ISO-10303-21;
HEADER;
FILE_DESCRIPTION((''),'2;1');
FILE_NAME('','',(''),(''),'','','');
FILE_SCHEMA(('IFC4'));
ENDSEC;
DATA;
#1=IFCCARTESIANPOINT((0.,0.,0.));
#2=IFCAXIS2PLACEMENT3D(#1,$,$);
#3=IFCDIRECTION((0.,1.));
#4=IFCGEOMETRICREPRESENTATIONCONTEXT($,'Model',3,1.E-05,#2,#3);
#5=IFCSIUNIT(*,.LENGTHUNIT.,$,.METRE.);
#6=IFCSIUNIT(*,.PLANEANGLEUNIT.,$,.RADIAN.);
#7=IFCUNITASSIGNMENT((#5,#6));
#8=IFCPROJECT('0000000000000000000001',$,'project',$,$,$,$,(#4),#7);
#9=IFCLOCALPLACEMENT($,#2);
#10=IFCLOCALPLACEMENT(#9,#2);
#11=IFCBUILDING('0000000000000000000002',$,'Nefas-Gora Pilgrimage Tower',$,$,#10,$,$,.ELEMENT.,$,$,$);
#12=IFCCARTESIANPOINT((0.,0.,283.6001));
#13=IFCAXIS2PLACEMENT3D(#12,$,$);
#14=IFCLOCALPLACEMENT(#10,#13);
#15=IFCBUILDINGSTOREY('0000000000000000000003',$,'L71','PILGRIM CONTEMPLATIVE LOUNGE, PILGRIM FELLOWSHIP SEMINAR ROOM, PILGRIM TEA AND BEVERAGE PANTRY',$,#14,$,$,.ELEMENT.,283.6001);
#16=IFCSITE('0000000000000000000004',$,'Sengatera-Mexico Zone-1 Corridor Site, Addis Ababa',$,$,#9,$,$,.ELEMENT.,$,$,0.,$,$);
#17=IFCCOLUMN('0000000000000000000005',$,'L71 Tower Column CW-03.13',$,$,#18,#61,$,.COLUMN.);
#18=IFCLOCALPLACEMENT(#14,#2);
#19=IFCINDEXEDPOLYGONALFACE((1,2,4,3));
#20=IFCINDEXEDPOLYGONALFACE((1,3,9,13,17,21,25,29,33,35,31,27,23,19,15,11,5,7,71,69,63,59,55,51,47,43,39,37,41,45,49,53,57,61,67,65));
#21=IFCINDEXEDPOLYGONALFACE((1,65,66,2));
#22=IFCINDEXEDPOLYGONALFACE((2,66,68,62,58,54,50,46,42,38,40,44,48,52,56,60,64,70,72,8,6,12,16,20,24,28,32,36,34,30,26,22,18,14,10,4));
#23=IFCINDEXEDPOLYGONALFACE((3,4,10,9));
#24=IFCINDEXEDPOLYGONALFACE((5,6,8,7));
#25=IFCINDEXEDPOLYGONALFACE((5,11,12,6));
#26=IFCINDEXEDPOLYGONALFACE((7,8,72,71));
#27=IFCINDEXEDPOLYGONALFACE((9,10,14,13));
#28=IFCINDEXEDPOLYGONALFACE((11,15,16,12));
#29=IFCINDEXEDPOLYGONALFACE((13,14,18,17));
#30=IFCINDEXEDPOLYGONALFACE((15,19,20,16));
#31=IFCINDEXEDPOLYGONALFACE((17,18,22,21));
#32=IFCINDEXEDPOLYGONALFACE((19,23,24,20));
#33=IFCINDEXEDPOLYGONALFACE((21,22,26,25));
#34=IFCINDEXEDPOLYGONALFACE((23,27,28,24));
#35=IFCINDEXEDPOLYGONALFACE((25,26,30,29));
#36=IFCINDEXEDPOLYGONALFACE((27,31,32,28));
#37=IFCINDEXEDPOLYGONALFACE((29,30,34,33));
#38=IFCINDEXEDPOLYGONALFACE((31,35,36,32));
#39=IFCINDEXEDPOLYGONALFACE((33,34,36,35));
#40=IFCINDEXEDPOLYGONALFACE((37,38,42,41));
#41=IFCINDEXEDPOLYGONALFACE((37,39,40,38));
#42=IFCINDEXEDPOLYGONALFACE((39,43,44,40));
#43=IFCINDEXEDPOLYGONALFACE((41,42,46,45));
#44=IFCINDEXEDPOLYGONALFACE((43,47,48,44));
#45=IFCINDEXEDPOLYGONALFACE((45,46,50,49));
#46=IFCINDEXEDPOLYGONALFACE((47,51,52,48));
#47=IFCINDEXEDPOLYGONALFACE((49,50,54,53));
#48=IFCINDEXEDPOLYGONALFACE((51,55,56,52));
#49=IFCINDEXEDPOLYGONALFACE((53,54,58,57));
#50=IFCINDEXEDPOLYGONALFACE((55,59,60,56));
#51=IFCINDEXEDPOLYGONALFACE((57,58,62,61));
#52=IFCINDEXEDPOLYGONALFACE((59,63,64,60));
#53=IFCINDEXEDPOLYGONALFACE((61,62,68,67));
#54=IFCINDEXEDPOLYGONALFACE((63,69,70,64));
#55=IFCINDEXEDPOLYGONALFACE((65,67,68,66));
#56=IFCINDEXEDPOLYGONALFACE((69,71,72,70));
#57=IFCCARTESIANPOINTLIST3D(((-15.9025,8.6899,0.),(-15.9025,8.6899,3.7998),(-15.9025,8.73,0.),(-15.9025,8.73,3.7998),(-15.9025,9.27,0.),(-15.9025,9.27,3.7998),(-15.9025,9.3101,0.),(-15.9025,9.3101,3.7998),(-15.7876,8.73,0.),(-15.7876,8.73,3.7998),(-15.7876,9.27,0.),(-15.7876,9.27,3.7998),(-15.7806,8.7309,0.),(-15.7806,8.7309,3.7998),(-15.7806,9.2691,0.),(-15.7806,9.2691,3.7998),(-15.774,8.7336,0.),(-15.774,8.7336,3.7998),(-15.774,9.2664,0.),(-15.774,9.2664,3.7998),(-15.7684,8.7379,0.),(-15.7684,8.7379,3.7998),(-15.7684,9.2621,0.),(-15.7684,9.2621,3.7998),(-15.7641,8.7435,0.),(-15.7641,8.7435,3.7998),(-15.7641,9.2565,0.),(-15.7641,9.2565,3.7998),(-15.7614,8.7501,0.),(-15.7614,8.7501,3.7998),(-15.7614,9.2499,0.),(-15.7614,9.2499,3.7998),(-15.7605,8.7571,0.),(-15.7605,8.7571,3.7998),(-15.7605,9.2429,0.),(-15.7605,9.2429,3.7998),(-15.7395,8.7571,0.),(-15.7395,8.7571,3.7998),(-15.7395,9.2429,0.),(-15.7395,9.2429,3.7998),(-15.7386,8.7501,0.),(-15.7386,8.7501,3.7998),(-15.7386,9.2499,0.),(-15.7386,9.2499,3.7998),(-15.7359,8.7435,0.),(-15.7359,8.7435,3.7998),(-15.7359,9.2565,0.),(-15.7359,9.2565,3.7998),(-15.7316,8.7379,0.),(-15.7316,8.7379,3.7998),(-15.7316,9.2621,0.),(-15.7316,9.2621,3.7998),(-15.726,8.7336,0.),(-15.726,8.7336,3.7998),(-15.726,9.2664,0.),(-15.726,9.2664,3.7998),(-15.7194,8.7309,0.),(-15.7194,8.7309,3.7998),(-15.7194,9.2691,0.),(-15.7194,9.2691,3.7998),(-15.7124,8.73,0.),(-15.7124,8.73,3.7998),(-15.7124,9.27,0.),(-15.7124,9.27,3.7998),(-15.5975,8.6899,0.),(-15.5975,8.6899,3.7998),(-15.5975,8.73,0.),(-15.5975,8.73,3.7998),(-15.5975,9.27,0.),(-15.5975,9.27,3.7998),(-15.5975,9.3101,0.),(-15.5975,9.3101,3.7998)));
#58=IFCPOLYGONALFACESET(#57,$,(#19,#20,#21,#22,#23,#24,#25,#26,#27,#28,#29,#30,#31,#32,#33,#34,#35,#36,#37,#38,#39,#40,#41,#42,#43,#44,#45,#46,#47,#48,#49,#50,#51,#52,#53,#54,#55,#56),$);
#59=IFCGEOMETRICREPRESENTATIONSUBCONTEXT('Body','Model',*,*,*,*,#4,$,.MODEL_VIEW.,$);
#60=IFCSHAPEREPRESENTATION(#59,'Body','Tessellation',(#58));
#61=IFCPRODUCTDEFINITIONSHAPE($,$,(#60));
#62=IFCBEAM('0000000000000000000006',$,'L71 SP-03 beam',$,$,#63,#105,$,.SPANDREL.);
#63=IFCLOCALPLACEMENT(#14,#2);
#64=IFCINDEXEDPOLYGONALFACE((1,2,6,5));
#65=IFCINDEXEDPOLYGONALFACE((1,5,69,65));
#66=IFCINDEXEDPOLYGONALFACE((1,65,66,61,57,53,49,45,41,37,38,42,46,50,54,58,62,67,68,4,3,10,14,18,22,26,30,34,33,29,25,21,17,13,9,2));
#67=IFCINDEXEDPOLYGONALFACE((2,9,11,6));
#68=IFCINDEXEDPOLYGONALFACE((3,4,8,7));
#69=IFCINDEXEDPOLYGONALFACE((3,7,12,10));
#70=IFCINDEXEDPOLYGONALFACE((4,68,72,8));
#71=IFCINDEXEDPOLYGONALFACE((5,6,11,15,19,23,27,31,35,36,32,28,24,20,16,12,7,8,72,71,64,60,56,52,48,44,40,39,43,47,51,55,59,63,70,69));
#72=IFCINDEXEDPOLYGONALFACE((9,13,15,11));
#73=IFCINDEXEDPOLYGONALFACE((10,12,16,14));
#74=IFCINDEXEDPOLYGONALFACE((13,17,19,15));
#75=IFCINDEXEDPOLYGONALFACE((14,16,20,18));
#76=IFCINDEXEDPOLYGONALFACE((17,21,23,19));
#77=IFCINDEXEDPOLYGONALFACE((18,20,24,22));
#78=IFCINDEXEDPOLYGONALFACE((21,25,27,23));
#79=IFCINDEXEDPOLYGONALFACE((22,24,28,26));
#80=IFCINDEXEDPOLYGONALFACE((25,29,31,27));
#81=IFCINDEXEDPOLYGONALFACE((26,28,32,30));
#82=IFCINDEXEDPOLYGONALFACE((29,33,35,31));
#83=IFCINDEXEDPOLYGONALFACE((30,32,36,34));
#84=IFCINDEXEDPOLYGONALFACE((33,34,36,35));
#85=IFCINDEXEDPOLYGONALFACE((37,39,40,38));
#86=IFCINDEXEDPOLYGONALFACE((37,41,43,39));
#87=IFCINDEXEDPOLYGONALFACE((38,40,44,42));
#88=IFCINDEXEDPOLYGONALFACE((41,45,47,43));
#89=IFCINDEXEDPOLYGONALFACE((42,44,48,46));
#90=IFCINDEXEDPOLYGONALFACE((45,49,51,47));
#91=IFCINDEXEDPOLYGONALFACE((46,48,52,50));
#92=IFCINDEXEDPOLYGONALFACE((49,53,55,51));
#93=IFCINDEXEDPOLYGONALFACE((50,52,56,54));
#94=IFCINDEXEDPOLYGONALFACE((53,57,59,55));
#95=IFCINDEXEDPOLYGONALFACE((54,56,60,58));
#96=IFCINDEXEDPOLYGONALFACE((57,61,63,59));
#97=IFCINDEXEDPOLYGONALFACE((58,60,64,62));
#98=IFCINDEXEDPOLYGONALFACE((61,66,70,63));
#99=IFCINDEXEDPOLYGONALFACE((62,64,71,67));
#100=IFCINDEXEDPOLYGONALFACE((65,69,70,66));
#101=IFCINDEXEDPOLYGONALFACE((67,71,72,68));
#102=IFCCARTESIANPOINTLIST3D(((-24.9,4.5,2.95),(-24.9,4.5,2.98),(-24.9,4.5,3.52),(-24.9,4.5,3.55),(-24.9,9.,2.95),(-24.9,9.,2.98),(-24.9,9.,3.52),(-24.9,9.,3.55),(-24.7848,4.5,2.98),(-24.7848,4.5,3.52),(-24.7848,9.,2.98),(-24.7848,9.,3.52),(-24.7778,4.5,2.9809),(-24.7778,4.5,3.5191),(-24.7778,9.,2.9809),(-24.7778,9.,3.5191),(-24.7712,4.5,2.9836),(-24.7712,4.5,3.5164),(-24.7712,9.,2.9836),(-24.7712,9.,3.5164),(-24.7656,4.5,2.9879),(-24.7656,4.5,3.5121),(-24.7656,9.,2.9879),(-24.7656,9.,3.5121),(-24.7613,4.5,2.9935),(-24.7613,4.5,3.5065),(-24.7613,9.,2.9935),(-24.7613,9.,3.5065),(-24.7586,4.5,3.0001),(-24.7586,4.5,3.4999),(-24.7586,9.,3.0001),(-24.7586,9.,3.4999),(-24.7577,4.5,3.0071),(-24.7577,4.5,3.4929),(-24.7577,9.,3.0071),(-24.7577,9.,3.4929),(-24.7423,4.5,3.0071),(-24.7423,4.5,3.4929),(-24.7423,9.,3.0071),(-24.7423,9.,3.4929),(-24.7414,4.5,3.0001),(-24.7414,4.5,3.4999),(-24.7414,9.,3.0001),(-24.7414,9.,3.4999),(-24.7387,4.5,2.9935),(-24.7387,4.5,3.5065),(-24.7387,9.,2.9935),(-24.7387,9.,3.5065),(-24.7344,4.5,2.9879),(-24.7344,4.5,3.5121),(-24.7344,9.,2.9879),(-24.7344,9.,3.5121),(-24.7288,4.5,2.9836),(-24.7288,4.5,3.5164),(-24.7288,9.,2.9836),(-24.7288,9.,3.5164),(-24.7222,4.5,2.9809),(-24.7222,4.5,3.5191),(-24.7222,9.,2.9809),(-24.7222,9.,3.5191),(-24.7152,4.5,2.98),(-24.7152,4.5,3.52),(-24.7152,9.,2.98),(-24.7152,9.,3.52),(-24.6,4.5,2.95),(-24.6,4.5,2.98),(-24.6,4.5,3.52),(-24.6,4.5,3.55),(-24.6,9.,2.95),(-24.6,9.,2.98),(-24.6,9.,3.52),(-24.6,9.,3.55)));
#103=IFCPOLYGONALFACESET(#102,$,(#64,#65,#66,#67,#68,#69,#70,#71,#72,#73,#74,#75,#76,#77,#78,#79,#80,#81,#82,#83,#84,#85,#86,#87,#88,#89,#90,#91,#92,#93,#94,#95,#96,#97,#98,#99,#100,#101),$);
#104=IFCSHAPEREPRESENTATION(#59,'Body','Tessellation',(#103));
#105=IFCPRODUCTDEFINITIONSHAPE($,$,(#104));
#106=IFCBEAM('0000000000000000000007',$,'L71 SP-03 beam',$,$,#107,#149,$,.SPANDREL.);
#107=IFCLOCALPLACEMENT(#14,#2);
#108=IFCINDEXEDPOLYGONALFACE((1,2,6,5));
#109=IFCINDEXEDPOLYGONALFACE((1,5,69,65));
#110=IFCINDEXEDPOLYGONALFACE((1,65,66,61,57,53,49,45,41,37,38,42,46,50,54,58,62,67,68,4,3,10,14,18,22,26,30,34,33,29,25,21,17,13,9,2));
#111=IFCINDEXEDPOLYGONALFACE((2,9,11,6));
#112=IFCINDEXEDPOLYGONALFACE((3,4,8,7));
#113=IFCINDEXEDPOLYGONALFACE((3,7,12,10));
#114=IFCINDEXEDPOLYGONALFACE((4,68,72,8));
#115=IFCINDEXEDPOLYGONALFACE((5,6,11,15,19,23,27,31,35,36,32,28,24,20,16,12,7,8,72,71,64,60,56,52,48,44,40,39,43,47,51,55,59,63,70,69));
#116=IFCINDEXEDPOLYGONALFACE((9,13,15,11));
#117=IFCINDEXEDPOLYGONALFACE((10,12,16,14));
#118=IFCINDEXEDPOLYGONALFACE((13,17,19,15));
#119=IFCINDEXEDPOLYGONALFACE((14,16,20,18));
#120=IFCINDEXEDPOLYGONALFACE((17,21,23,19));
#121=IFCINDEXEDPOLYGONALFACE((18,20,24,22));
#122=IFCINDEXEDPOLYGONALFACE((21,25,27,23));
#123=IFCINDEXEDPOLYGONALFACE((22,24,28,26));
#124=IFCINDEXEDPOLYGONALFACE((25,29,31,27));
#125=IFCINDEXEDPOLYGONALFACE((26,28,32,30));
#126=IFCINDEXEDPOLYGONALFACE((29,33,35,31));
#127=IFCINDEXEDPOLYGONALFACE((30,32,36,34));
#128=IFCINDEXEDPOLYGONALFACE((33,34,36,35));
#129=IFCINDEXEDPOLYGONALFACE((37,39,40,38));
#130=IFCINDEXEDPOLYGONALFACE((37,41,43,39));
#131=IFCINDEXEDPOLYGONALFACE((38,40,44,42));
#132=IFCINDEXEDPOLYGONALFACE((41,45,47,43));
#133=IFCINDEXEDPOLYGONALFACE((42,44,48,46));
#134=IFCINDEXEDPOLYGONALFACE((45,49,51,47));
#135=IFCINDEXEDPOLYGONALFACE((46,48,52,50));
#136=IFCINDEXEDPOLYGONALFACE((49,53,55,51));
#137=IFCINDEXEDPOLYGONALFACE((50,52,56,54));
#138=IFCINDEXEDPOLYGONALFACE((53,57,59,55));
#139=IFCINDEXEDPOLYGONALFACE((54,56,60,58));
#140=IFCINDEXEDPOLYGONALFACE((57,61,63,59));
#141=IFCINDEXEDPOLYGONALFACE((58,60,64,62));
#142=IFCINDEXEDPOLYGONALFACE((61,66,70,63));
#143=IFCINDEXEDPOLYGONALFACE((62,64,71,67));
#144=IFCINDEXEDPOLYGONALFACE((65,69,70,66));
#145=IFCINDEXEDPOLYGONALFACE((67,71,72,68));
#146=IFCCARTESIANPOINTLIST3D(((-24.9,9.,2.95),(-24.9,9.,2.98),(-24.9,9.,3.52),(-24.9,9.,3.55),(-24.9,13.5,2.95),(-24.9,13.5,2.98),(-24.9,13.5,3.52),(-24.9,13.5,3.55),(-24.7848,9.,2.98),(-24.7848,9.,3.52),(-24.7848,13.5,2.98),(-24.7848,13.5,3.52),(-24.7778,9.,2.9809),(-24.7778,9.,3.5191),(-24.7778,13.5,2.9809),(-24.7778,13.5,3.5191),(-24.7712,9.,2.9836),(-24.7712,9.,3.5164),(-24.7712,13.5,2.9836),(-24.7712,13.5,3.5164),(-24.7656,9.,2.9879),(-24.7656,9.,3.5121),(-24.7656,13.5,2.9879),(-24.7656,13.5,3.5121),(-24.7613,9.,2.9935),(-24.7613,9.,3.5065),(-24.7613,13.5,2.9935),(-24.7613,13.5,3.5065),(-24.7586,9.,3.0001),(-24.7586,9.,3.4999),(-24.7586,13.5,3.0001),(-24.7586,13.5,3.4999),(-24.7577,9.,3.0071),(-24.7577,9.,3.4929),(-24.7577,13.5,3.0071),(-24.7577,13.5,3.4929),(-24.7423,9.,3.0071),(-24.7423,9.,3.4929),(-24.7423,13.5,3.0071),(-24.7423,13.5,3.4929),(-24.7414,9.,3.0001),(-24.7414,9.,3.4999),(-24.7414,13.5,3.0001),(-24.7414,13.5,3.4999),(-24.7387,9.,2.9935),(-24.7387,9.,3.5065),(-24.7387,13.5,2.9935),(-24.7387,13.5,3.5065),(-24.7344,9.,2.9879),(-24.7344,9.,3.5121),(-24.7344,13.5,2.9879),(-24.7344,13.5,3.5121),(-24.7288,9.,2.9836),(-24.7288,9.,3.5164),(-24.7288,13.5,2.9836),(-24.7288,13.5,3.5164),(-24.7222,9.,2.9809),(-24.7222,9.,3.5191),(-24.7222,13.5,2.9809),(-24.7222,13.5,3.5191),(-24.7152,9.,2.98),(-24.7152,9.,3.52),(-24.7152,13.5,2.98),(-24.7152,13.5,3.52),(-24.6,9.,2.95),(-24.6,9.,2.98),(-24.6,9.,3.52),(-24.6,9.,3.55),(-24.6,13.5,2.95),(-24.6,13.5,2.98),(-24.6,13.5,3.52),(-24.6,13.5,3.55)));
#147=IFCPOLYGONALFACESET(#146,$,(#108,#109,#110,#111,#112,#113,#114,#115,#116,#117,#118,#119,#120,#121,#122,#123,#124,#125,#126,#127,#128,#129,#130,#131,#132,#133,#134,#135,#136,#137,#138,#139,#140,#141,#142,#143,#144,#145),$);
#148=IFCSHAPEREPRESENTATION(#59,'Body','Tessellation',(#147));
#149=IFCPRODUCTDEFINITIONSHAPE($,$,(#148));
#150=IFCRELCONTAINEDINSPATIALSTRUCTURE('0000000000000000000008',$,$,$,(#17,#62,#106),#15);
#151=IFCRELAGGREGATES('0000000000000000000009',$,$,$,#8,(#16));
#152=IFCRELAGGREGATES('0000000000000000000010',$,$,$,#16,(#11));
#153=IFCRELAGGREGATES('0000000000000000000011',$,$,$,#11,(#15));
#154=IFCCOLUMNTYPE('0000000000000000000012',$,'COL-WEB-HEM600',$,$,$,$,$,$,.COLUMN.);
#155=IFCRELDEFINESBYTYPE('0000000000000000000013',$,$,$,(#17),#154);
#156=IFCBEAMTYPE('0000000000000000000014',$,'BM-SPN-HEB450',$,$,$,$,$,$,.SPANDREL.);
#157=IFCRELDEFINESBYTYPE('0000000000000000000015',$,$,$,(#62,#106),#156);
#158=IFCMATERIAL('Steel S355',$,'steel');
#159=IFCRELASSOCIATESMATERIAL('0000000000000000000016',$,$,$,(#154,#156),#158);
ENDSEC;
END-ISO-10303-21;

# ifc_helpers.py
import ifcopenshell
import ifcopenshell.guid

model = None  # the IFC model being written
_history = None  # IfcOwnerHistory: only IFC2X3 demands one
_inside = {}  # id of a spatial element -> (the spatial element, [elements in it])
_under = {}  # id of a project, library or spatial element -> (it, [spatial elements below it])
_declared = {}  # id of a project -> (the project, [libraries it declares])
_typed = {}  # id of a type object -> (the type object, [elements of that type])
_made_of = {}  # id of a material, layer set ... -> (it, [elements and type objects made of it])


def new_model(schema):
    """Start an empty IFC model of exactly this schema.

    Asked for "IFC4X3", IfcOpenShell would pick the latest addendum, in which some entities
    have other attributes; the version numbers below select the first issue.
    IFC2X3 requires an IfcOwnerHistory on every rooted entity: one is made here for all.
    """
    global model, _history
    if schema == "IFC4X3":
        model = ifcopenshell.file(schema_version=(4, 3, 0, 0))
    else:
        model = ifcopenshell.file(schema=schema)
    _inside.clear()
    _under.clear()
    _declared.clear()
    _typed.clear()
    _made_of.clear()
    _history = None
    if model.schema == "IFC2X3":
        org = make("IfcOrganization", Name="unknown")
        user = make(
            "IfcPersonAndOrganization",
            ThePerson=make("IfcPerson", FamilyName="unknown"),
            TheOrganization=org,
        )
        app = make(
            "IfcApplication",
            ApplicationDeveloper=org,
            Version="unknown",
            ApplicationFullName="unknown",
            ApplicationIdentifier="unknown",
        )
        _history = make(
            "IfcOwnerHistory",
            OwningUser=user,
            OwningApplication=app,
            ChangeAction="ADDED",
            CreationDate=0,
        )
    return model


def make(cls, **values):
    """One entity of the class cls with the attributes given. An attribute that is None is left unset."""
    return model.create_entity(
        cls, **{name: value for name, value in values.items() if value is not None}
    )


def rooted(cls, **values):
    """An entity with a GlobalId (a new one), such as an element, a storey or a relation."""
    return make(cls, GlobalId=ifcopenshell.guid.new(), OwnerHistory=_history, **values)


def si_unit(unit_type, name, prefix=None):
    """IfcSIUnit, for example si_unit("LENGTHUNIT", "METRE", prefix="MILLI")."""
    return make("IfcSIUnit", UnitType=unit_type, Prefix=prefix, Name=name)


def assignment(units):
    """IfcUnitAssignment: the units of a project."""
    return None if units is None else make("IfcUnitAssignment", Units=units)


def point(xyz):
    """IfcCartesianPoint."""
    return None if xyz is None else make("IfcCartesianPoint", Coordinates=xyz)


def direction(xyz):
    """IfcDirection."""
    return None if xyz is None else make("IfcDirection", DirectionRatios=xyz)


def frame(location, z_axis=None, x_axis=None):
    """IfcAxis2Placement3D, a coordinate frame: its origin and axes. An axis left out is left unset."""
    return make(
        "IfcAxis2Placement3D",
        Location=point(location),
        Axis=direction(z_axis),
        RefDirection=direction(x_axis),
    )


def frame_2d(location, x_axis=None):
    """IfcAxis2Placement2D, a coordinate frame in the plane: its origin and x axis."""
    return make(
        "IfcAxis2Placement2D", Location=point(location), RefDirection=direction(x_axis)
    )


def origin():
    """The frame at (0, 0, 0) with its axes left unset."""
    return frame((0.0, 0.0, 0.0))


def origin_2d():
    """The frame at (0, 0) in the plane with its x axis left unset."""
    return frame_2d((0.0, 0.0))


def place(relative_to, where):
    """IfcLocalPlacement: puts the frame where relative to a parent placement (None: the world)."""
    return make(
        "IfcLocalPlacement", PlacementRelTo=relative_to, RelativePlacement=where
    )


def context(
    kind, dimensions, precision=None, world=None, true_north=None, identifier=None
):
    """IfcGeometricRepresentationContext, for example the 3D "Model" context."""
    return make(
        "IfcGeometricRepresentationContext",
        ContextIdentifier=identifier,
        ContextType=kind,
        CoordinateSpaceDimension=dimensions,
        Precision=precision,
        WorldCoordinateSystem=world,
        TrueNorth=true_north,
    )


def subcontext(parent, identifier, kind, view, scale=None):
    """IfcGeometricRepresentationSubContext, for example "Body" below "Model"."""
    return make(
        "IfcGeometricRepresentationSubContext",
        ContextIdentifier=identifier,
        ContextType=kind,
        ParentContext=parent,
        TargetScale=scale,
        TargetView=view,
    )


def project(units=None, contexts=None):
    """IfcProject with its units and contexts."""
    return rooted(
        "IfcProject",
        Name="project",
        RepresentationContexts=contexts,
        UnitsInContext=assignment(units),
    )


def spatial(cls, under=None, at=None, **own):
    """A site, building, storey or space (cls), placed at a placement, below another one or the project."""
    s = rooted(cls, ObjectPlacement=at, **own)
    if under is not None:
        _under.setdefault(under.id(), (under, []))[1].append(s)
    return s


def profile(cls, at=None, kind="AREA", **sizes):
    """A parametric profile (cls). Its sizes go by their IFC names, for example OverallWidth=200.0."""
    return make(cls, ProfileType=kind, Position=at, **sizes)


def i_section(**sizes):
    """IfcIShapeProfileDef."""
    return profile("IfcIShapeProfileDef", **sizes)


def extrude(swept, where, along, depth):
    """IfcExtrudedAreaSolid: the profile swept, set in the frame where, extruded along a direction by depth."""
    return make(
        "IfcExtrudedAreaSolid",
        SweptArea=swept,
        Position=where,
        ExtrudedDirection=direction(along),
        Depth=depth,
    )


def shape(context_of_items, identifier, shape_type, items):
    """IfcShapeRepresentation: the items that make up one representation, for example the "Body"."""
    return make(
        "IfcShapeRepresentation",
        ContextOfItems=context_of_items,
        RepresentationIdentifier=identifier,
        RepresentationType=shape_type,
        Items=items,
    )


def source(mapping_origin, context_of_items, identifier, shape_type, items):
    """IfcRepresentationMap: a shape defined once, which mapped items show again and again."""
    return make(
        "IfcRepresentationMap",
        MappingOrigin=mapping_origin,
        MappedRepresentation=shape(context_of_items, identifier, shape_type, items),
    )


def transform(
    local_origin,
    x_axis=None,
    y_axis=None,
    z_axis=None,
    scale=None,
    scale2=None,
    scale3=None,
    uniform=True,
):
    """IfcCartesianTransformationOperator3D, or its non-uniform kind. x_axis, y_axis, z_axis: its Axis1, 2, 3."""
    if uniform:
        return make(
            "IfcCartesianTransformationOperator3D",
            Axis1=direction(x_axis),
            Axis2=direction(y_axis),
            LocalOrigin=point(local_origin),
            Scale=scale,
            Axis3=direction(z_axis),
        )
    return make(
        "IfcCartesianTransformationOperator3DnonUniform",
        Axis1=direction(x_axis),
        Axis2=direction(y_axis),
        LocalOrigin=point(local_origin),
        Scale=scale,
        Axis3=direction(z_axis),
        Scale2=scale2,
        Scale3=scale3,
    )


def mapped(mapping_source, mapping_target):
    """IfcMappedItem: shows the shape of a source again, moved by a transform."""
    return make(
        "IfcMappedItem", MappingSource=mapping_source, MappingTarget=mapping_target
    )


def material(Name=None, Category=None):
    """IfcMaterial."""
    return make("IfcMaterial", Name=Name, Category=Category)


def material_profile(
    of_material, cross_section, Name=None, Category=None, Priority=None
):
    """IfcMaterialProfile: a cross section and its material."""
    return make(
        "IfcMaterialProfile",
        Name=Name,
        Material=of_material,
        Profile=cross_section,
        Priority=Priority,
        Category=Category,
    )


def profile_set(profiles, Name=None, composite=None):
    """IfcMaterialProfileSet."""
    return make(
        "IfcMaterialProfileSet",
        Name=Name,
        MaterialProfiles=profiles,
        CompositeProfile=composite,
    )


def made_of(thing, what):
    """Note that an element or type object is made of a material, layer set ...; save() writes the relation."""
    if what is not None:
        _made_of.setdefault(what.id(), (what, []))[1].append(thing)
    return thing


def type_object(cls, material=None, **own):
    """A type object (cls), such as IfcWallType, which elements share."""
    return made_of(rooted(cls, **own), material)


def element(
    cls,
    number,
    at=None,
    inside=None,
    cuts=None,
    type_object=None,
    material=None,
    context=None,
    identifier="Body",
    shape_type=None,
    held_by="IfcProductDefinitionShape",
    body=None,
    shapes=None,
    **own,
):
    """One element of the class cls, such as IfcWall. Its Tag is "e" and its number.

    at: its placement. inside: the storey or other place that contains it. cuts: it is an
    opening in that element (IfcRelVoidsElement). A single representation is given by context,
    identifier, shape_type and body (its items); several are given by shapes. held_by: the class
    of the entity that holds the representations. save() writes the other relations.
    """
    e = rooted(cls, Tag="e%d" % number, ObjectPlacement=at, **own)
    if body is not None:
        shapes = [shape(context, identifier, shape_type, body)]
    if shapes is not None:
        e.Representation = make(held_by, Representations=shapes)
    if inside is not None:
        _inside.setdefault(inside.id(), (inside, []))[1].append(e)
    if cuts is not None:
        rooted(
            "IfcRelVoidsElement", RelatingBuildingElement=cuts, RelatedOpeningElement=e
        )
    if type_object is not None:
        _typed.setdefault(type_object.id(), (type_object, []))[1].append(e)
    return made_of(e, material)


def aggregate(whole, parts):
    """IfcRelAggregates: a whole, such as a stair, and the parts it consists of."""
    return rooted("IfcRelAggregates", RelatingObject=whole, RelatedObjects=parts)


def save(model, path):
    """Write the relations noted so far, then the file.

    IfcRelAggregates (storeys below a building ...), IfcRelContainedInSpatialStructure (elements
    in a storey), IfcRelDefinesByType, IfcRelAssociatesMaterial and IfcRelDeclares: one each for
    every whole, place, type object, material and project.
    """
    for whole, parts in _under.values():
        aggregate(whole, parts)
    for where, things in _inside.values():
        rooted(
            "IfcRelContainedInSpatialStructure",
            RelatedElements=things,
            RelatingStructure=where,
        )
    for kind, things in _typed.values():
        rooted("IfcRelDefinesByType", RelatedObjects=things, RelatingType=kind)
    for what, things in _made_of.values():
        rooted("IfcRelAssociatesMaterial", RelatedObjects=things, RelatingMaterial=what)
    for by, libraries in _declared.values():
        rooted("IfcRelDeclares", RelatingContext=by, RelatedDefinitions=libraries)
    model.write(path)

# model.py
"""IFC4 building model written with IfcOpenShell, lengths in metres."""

from ifc_helpers import new_model, si_unit, direction, frame, origin, origin_2d, place, context, subcontext, project, spatial, i_section, extrude, source, transform, mapped, material, material_profile, profile_set, type_object, element, save


model = new_model("IFC4")

# Units and contexts
model_context = context("Model", 3, precision=1e-05, world=origin(), true_north=direction((0.0, 1.0)))
body_context = subcontext(model_context, "Body", "Model", "MODEL_VIEW")
ifc_project = project(units=[si_unit("LENGTHUNIT", "METRE"), si_unit("PLANEANGLEUNIT", "RADIAN")], contexts=[model_context])

# Site, building, storey
site_placement = place(None, origin())
site = spatial("IfcSite", under=ifc_project, at=site_placement, Name="Sengatera-Mexico Zone-1 Corridor Site, Addis Ababa", CompositionType="ELEMENT", RefElevation=0.0)
building_placement = place(site_placement, origin())
building = spatial("IfcBuilding", under=site, at=building_placement, Name="Nefas-Gora Pilgrimage Tower", CompositionType="ELEMENT")
storey_placement = place(building_placement, frame((0.0, 0.0, 283.6001)))
storey = spatial("IfcBuildingStorey", under=building, at=storey_placement, Name="L71", Description="PILGRIM CONTEMPLATIVE LOUNGE, PILGRIM FELLOWSHIP SEMINAR ROOM, PILGRIM TEA AND BEVERAGE PANTRY", CompositionType="ELEMENT", Elevation=283.6001)

# Column
ifc_material_1 = material(Name="Steel S355", Category="steel")
ifc_material_profile_1 = material_profile(ifc_material_1, i_section(OverallWidth=0.3049, OverallDepth=0.6201, WebThickness=0.021, FlangeThickness=0.04, FilletRadius=0.0271, at=origin_2d()), Name="HEM 600")
ifc_profile_set_1 = profile_set([ifc_material_profile_1], Name="Steel S355")
column_type_1 = type_object("IfcColumnType", Name="COL-WEB-HEM600", PredefinedType="COLUMN", material=ifc_profile_set_1)
shared_shape_1 = source(origin(), body_context, "Body", "SweptSolid", [
    extrude(i_section(OverallWidth=0.3049, OverallDepth=0.6201, WebThickness=0.021, FlangeThickness=0.04, FilletRadius=0.0271, at=origin_2d()), origin(), (0.0, 0.0, 1.0), 3.7998),
])
for number, where, z_axis, x_axis, name in (
    (1, (-15.75, 9.0, 0.0), (0.0, 0.0, 1.0), (1.0, 0.0, 0.0), "L71 Tower Column CW-03.13"),
):
    element("IfcColumn", number, at=place(storey_placement, frame(where, z_axis=z_axis, x_axis=x_axis)), inside=storey, type_object=column_type_1, Name=name, PredefinedType="COLUMN", context=body_context, shape_type="MappedRepresentation", body=[
        mapped(shared_shape_1, transform((0.0, 0.0, 0.0), x_axis=(1.0, 0.0, 0.0), y_axis=(0.0, 1.0, 0.0), z_axis=(0.0, 0.0, 1.0), scale=1.0)),
    ])

# Beams
ifc_material_profile_2 = material_profile(ifc_material_1, i_section(OverallWidth=0.3, OverallDepth=0.6001, WebThickness=0.0154, FlangeThickness=0.03, FilletRadius=0.0271, at=origin_2d()), Name="HEB 600")
ifc_profile_set_2 = profile_set([ifc_material_profile_2], Name="Steel S355")
beam_type_1 = type_object("IfcBeamType", Name="BM-SPN-HEB450", PredefinedType="SPANDREL", material=ifc_profile_set_2)
shared_shape_2 = source(origin(), body_context, "Body", "SweptSolid", [
    extrude(i_section(OverallWidth=0.3, OverallDepth=0.6001, WebThickness=0.0154, FlangeThickness=0.03, FilletRadius=0.0271, at=origin_2d()), origin(), (0.0, 0.0, 1.0), 4.5),
])
for number, where, z_axis, x_axis, name in (
    (2, (-24.75, 4.5, 3.25), (0.0, 1.0, 0.0), (-1.0, 0.0, 0.0), "L71 SP-03 beam"),
    (3, (-24.75, 9.0, 3.25), (0.0, 1.0, 0.0), (-1.0, 0.0, 0.0), "L71 SP-03 beam"),
):
    element("IfcBeam", number, at=place(storey_placement, frame(where, z_axis=z_axis, x_axis=x_axis)), inside=storey, type_object=beam_type_1, Name=name, PredefinedType="SPANDREL", context=body_context, shape_type="MappedRepresentation", body=[
        mapped(shared_shape_2, transform((0.0, 0.0, 0.0), x_axis=(1.0, 0.0, 0.0), y_axis=(0.0, 1.0, 0.0), z_axis=(0.0, 0.0, 1.0), scale=1.0)),
    ])

save(model, "model.ifc")
